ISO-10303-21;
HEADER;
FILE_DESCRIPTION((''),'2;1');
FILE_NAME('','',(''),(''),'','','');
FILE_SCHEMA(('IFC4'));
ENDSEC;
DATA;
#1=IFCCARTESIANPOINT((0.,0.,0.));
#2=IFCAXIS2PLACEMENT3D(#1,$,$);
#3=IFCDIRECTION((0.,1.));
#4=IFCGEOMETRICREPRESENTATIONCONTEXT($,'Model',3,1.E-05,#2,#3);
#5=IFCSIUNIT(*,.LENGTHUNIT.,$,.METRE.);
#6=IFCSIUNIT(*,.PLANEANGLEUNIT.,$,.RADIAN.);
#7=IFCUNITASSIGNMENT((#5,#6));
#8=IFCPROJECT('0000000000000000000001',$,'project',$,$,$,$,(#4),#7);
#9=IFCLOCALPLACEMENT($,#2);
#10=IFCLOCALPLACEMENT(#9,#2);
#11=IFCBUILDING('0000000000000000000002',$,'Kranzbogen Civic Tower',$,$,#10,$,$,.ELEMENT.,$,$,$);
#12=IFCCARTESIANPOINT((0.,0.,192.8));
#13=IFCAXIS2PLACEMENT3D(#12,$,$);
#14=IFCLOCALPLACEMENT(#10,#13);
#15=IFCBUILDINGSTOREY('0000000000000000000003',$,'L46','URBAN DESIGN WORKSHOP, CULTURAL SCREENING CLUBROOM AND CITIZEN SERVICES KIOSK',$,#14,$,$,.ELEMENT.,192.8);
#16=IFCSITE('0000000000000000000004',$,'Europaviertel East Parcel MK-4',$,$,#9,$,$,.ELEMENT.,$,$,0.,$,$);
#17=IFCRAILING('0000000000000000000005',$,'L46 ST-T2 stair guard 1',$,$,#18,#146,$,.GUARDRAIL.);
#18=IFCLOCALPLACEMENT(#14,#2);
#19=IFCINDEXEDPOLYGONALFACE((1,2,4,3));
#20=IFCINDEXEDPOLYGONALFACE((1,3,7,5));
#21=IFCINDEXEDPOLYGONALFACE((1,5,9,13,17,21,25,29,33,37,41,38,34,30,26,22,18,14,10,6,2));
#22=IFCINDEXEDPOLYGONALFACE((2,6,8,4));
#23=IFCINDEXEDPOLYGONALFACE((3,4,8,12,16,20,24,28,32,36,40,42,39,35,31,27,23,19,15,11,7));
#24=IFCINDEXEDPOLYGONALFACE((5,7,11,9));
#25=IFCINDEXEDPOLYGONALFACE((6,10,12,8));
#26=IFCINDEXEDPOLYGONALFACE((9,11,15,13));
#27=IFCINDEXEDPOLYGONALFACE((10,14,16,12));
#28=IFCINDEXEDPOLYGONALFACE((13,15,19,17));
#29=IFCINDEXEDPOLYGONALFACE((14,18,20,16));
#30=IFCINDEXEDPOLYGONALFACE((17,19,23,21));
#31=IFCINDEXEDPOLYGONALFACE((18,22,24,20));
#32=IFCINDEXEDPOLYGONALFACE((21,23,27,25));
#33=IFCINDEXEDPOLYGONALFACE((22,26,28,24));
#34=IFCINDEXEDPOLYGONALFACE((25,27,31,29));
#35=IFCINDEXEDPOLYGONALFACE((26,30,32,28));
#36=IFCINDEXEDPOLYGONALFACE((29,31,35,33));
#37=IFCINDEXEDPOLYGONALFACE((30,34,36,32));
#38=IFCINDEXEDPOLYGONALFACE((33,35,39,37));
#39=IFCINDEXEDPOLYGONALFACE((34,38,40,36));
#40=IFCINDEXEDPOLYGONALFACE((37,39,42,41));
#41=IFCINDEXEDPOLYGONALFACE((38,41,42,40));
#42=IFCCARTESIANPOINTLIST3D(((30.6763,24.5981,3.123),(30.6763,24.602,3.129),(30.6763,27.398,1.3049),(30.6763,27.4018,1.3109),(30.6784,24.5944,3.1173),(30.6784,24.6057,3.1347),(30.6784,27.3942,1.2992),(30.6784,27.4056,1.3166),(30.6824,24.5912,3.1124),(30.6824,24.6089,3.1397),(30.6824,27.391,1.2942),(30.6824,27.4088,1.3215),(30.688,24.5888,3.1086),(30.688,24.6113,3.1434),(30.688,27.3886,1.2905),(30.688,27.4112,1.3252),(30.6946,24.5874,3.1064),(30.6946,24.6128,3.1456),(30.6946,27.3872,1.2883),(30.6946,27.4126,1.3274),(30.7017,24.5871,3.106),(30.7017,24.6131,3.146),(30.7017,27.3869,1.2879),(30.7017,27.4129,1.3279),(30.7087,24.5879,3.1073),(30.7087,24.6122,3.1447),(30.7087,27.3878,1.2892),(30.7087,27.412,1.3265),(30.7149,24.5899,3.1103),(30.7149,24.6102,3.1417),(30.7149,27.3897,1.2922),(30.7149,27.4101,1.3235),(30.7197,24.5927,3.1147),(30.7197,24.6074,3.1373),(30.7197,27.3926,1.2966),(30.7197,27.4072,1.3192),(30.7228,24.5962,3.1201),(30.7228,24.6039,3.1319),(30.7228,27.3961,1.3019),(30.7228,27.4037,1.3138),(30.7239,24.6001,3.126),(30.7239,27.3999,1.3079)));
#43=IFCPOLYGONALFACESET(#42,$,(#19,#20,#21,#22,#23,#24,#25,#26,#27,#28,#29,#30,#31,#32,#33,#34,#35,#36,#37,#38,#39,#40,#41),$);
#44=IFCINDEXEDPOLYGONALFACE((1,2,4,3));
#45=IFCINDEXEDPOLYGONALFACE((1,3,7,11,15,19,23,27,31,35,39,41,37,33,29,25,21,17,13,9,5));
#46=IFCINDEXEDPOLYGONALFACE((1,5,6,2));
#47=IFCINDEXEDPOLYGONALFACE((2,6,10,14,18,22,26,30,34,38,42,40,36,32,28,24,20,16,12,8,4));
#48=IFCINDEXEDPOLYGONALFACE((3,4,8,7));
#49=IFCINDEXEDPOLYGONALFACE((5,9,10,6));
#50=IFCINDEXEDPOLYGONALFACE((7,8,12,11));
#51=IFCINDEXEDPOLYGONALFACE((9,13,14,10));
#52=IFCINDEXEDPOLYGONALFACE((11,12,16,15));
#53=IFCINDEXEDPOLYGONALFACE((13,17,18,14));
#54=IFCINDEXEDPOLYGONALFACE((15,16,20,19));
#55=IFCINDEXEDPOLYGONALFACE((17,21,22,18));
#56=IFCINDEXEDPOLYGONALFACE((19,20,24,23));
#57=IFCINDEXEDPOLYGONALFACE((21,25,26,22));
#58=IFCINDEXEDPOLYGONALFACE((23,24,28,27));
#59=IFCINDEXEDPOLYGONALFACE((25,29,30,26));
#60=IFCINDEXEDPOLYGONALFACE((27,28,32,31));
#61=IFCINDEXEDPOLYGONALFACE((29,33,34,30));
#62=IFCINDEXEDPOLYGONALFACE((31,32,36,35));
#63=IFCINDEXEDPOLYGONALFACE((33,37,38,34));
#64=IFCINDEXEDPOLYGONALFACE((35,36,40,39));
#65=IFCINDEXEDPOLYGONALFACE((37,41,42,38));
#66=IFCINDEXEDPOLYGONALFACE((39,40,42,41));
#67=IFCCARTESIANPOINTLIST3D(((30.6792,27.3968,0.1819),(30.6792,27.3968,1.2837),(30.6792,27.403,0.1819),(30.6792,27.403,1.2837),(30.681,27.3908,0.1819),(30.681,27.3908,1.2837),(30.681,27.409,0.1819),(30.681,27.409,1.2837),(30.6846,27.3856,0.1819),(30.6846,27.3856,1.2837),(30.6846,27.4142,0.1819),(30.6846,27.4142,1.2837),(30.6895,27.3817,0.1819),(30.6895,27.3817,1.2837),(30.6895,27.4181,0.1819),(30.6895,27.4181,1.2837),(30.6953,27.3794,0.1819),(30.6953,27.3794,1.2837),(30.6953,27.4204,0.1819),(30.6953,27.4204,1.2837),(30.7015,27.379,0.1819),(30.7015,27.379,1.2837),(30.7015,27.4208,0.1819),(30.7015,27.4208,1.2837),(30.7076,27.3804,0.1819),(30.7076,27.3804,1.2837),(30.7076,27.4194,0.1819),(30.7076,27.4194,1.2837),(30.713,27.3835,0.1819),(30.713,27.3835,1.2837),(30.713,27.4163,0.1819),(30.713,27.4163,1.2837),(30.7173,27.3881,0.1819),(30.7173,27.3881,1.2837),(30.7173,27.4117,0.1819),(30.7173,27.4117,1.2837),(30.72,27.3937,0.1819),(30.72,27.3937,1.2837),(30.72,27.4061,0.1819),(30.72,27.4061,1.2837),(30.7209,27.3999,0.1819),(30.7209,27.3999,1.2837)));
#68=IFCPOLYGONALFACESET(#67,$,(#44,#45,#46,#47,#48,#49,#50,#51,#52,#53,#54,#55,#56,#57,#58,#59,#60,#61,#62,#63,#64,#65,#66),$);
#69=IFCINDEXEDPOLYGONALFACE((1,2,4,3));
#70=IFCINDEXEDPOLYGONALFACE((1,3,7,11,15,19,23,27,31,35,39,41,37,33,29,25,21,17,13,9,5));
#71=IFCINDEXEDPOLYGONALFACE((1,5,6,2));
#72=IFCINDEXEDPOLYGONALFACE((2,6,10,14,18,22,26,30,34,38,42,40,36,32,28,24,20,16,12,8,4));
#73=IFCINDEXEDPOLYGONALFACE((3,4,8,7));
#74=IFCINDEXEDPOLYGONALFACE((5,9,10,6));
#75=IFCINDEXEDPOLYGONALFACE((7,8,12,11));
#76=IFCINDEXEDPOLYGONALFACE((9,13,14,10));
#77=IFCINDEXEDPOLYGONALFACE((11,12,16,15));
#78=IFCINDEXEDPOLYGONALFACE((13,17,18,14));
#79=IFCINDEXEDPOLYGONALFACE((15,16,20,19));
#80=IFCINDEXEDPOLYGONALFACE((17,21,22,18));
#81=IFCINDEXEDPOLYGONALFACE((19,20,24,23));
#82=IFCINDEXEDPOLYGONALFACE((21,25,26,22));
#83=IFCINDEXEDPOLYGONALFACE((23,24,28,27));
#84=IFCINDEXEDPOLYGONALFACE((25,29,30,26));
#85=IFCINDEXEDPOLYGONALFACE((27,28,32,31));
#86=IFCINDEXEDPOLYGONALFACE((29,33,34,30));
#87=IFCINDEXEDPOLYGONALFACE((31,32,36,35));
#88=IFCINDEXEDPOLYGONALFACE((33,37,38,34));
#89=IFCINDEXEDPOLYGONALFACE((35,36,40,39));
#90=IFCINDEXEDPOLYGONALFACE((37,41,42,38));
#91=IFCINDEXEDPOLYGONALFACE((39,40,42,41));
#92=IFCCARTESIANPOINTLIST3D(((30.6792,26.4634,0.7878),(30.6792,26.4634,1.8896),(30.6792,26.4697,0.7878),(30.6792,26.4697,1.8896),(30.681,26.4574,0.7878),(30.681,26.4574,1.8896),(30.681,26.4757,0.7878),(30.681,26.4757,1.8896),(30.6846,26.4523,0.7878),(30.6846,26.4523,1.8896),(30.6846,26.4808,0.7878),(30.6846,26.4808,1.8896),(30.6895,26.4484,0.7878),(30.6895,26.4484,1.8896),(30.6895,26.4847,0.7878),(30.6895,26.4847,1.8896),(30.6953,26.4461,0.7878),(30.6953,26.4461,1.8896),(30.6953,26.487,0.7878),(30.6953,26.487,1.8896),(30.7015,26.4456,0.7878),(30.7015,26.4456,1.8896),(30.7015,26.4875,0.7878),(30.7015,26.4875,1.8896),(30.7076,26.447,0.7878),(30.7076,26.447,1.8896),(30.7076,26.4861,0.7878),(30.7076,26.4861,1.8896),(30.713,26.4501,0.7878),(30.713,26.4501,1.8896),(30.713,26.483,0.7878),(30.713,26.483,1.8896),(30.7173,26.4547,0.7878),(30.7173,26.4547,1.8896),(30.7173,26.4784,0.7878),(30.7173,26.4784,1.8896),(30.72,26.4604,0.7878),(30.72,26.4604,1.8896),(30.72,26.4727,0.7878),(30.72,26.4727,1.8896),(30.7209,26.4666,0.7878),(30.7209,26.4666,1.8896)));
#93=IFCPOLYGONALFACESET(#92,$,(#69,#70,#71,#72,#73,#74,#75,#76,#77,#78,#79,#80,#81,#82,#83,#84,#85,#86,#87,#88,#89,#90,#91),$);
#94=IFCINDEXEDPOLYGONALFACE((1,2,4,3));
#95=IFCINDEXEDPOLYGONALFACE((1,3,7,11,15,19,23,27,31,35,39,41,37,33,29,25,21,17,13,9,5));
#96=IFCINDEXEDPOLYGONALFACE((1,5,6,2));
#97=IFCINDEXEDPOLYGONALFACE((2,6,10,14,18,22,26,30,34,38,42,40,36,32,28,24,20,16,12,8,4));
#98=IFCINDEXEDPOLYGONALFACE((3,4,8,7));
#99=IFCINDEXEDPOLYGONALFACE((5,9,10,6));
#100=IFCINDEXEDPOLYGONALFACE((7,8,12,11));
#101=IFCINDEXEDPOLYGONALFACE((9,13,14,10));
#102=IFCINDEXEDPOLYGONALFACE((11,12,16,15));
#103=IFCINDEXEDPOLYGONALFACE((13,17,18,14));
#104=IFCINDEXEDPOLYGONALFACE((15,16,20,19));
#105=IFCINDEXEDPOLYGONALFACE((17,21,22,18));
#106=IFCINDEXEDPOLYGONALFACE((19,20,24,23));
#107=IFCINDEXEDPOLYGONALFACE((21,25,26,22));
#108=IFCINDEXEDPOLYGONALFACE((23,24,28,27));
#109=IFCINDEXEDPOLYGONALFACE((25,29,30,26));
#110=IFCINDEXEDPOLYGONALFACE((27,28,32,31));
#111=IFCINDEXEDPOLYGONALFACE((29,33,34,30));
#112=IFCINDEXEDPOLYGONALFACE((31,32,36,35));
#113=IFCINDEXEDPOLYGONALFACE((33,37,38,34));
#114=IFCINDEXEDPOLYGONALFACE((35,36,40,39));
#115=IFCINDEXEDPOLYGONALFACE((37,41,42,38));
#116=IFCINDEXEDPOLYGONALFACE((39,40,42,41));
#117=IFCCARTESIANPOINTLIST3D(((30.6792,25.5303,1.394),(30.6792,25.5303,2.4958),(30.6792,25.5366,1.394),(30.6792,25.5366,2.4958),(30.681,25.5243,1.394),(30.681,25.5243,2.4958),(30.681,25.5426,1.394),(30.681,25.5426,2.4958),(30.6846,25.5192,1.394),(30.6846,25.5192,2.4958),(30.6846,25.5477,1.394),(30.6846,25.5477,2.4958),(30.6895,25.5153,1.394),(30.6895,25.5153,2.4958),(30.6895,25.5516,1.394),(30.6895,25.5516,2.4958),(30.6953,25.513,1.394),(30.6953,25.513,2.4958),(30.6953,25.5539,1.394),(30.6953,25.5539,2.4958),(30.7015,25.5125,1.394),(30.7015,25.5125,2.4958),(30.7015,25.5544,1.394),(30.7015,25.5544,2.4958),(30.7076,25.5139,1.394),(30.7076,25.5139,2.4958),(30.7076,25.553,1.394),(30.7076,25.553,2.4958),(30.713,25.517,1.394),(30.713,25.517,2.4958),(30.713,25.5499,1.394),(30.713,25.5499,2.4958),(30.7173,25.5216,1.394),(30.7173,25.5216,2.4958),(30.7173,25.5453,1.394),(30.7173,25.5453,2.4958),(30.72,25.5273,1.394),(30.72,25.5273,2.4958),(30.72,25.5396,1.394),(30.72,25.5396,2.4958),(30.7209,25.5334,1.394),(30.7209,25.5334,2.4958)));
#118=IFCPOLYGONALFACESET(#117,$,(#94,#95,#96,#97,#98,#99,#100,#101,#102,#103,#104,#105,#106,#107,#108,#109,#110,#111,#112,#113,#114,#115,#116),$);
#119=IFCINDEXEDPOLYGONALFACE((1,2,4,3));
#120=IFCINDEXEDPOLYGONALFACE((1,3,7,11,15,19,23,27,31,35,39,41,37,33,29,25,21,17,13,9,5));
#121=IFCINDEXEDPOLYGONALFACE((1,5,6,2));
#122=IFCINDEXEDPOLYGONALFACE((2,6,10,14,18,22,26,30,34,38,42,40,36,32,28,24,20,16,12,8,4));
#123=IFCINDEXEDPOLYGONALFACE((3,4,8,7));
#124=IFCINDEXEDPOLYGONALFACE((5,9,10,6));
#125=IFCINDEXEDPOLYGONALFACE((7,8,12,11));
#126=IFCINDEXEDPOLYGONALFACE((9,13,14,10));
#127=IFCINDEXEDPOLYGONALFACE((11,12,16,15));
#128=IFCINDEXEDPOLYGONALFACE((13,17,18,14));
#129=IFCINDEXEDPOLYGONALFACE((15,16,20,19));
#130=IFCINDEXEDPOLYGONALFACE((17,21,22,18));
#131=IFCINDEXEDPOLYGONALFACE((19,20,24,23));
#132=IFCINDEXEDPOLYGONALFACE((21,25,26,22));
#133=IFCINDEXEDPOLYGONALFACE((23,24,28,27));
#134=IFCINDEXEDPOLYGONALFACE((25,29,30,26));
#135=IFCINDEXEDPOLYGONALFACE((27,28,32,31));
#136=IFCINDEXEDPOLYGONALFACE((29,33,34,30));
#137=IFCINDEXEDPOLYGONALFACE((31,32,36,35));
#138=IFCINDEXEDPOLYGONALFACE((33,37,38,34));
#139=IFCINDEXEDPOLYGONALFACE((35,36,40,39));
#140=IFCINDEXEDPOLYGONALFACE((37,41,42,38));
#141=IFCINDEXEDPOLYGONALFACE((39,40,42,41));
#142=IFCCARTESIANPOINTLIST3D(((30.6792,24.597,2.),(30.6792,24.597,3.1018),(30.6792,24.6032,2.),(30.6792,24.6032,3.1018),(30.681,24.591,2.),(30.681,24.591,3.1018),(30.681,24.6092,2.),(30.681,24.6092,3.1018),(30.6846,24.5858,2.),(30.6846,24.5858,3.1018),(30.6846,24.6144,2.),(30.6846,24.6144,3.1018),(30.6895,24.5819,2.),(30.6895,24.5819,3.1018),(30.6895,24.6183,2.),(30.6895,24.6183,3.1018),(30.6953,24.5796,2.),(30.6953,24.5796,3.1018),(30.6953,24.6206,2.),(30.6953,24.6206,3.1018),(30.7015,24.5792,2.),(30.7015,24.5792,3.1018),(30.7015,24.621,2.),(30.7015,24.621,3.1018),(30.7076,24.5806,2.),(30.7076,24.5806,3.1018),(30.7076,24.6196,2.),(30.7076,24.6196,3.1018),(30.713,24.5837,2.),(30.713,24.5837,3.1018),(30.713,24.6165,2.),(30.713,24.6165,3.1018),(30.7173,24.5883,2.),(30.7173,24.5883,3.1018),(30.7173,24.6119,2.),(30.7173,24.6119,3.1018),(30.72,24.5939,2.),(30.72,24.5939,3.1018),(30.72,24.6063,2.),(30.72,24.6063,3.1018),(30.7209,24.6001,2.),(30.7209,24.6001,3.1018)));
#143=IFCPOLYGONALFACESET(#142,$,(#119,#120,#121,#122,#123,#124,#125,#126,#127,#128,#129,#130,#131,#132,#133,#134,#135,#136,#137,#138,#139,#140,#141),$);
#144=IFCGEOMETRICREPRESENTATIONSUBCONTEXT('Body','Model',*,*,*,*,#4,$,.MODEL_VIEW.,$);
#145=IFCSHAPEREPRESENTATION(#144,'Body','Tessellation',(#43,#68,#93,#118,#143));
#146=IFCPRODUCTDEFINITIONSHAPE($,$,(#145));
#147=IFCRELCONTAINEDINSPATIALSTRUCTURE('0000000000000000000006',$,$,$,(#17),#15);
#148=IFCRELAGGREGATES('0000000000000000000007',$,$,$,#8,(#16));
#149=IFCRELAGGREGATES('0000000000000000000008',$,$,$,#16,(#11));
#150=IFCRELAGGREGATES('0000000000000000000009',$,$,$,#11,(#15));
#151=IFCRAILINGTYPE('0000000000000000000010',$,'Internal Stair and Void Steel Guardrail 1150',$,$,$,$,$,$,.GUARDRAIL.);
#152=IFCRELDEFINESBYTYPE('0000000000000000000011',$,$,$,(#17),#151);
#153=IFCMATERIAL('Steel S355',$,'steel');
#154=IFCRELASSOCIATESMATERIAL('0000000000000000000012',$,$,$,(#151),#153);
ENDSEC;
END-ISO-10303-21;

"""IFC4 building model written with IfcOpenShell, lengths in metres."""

from ifc_helpers import new_model, si_unit, direction, frame, origin, origin_2d, place, context, subcontext, project, spatial, circle, extrude, material, type_object, element, save


model = new_model("IFC4")

# Units and contexts
model_context = context("Model", 3, precision=1e-05, world=origin(), true_north=direction((0.0, 1.0)))
body_context = subcontext(model_context, "Body", "Model", "MODEL_VIEW")
ifc_project = project(units=[si_unit("LENGTHUNIT", "METRE"), si_unit("PLANEANGLEUNIT", "RADIAN")], contexts=[model_context])

# Site, building, storey
site_placement = place(None, origin())
site = spatial("IfcSite", under=ifc_project, at=site_placement, Name="Europaviertel East Parcel MK-4", CompositionType="ELEMENT", RefElevation=0.0)
building_placement = place(site_placement, origin())
building = spatial("IfcBuilding", under=site, at=building_placement, Name="Kranzbogen Civic Tower", CompositionType="ELEMENT")
storey_placement = place(building_placement, frame((0.0, 0.0, 192.8)))
storey = spatial("IfcBuildingStorey", under=building, at=storey_placement, Name="L46", Description="URBAN DESIGN WORKSHOP, CULTURAL SCREENING CLUBROOM AND CITIZEN SERVICES KIOSK", CompositionType="ELEMENT", Elevation=192.8)

# Shared definitions
ifc_material_1 = material(Name="Steel S355", Category="steel")

# Railing
railing_type_1 = type_object("IfcRailingType", Name="Internal Stair and Void Steel Guardrail 1150", PredefinedType="GUARDRAIL", material=ifc_material_1)
railing_1_placement = place(storey_placement, frame((30.7, 27.3999, 0.1819)))
element("IfcRailing", 1, at=railing_1_placement, inside=storey, type_object=railing_type_1, Name="L46 ST-T2 stair guard 1", PredefinedType="GUARDRAIL", context=body_context, shape_type="SweptSolid", body=[
    extrude(circle(Radius=0.0239, at=origin_2d()), frame((0.0, 0.0, 1.126), z_axis=(0.0, -0.838684, 0.544618), x_axis=(1.0, 0.0, 0.0)), (0.0, 0.0, 1.0), 3.3384),
    extrude(circle(Radius=0.021, at=origin_2d()), origin(), (0.0, 0.0, 1.0), 1.1018),
    extrude(circle(Radius=0.021, at=origin_2d()), frame((0.0, -0.9333, 0.606)), (0.0, 0.0, 1.0), 1.1018),
    extrude(circle(Radius=0.021, at=origin_2d()), frame((0.0, -1.8665, 1.2122)), (0.0, 0.0, 1.0), 1.1018),
    extrude(circle(Radius=0.021, at=origin_2d()), frame((0.0, -2.7998, 1.8181)), (0.0, 0.0, 1.0), 1.1018),
])

save(model, "model.ifc")
